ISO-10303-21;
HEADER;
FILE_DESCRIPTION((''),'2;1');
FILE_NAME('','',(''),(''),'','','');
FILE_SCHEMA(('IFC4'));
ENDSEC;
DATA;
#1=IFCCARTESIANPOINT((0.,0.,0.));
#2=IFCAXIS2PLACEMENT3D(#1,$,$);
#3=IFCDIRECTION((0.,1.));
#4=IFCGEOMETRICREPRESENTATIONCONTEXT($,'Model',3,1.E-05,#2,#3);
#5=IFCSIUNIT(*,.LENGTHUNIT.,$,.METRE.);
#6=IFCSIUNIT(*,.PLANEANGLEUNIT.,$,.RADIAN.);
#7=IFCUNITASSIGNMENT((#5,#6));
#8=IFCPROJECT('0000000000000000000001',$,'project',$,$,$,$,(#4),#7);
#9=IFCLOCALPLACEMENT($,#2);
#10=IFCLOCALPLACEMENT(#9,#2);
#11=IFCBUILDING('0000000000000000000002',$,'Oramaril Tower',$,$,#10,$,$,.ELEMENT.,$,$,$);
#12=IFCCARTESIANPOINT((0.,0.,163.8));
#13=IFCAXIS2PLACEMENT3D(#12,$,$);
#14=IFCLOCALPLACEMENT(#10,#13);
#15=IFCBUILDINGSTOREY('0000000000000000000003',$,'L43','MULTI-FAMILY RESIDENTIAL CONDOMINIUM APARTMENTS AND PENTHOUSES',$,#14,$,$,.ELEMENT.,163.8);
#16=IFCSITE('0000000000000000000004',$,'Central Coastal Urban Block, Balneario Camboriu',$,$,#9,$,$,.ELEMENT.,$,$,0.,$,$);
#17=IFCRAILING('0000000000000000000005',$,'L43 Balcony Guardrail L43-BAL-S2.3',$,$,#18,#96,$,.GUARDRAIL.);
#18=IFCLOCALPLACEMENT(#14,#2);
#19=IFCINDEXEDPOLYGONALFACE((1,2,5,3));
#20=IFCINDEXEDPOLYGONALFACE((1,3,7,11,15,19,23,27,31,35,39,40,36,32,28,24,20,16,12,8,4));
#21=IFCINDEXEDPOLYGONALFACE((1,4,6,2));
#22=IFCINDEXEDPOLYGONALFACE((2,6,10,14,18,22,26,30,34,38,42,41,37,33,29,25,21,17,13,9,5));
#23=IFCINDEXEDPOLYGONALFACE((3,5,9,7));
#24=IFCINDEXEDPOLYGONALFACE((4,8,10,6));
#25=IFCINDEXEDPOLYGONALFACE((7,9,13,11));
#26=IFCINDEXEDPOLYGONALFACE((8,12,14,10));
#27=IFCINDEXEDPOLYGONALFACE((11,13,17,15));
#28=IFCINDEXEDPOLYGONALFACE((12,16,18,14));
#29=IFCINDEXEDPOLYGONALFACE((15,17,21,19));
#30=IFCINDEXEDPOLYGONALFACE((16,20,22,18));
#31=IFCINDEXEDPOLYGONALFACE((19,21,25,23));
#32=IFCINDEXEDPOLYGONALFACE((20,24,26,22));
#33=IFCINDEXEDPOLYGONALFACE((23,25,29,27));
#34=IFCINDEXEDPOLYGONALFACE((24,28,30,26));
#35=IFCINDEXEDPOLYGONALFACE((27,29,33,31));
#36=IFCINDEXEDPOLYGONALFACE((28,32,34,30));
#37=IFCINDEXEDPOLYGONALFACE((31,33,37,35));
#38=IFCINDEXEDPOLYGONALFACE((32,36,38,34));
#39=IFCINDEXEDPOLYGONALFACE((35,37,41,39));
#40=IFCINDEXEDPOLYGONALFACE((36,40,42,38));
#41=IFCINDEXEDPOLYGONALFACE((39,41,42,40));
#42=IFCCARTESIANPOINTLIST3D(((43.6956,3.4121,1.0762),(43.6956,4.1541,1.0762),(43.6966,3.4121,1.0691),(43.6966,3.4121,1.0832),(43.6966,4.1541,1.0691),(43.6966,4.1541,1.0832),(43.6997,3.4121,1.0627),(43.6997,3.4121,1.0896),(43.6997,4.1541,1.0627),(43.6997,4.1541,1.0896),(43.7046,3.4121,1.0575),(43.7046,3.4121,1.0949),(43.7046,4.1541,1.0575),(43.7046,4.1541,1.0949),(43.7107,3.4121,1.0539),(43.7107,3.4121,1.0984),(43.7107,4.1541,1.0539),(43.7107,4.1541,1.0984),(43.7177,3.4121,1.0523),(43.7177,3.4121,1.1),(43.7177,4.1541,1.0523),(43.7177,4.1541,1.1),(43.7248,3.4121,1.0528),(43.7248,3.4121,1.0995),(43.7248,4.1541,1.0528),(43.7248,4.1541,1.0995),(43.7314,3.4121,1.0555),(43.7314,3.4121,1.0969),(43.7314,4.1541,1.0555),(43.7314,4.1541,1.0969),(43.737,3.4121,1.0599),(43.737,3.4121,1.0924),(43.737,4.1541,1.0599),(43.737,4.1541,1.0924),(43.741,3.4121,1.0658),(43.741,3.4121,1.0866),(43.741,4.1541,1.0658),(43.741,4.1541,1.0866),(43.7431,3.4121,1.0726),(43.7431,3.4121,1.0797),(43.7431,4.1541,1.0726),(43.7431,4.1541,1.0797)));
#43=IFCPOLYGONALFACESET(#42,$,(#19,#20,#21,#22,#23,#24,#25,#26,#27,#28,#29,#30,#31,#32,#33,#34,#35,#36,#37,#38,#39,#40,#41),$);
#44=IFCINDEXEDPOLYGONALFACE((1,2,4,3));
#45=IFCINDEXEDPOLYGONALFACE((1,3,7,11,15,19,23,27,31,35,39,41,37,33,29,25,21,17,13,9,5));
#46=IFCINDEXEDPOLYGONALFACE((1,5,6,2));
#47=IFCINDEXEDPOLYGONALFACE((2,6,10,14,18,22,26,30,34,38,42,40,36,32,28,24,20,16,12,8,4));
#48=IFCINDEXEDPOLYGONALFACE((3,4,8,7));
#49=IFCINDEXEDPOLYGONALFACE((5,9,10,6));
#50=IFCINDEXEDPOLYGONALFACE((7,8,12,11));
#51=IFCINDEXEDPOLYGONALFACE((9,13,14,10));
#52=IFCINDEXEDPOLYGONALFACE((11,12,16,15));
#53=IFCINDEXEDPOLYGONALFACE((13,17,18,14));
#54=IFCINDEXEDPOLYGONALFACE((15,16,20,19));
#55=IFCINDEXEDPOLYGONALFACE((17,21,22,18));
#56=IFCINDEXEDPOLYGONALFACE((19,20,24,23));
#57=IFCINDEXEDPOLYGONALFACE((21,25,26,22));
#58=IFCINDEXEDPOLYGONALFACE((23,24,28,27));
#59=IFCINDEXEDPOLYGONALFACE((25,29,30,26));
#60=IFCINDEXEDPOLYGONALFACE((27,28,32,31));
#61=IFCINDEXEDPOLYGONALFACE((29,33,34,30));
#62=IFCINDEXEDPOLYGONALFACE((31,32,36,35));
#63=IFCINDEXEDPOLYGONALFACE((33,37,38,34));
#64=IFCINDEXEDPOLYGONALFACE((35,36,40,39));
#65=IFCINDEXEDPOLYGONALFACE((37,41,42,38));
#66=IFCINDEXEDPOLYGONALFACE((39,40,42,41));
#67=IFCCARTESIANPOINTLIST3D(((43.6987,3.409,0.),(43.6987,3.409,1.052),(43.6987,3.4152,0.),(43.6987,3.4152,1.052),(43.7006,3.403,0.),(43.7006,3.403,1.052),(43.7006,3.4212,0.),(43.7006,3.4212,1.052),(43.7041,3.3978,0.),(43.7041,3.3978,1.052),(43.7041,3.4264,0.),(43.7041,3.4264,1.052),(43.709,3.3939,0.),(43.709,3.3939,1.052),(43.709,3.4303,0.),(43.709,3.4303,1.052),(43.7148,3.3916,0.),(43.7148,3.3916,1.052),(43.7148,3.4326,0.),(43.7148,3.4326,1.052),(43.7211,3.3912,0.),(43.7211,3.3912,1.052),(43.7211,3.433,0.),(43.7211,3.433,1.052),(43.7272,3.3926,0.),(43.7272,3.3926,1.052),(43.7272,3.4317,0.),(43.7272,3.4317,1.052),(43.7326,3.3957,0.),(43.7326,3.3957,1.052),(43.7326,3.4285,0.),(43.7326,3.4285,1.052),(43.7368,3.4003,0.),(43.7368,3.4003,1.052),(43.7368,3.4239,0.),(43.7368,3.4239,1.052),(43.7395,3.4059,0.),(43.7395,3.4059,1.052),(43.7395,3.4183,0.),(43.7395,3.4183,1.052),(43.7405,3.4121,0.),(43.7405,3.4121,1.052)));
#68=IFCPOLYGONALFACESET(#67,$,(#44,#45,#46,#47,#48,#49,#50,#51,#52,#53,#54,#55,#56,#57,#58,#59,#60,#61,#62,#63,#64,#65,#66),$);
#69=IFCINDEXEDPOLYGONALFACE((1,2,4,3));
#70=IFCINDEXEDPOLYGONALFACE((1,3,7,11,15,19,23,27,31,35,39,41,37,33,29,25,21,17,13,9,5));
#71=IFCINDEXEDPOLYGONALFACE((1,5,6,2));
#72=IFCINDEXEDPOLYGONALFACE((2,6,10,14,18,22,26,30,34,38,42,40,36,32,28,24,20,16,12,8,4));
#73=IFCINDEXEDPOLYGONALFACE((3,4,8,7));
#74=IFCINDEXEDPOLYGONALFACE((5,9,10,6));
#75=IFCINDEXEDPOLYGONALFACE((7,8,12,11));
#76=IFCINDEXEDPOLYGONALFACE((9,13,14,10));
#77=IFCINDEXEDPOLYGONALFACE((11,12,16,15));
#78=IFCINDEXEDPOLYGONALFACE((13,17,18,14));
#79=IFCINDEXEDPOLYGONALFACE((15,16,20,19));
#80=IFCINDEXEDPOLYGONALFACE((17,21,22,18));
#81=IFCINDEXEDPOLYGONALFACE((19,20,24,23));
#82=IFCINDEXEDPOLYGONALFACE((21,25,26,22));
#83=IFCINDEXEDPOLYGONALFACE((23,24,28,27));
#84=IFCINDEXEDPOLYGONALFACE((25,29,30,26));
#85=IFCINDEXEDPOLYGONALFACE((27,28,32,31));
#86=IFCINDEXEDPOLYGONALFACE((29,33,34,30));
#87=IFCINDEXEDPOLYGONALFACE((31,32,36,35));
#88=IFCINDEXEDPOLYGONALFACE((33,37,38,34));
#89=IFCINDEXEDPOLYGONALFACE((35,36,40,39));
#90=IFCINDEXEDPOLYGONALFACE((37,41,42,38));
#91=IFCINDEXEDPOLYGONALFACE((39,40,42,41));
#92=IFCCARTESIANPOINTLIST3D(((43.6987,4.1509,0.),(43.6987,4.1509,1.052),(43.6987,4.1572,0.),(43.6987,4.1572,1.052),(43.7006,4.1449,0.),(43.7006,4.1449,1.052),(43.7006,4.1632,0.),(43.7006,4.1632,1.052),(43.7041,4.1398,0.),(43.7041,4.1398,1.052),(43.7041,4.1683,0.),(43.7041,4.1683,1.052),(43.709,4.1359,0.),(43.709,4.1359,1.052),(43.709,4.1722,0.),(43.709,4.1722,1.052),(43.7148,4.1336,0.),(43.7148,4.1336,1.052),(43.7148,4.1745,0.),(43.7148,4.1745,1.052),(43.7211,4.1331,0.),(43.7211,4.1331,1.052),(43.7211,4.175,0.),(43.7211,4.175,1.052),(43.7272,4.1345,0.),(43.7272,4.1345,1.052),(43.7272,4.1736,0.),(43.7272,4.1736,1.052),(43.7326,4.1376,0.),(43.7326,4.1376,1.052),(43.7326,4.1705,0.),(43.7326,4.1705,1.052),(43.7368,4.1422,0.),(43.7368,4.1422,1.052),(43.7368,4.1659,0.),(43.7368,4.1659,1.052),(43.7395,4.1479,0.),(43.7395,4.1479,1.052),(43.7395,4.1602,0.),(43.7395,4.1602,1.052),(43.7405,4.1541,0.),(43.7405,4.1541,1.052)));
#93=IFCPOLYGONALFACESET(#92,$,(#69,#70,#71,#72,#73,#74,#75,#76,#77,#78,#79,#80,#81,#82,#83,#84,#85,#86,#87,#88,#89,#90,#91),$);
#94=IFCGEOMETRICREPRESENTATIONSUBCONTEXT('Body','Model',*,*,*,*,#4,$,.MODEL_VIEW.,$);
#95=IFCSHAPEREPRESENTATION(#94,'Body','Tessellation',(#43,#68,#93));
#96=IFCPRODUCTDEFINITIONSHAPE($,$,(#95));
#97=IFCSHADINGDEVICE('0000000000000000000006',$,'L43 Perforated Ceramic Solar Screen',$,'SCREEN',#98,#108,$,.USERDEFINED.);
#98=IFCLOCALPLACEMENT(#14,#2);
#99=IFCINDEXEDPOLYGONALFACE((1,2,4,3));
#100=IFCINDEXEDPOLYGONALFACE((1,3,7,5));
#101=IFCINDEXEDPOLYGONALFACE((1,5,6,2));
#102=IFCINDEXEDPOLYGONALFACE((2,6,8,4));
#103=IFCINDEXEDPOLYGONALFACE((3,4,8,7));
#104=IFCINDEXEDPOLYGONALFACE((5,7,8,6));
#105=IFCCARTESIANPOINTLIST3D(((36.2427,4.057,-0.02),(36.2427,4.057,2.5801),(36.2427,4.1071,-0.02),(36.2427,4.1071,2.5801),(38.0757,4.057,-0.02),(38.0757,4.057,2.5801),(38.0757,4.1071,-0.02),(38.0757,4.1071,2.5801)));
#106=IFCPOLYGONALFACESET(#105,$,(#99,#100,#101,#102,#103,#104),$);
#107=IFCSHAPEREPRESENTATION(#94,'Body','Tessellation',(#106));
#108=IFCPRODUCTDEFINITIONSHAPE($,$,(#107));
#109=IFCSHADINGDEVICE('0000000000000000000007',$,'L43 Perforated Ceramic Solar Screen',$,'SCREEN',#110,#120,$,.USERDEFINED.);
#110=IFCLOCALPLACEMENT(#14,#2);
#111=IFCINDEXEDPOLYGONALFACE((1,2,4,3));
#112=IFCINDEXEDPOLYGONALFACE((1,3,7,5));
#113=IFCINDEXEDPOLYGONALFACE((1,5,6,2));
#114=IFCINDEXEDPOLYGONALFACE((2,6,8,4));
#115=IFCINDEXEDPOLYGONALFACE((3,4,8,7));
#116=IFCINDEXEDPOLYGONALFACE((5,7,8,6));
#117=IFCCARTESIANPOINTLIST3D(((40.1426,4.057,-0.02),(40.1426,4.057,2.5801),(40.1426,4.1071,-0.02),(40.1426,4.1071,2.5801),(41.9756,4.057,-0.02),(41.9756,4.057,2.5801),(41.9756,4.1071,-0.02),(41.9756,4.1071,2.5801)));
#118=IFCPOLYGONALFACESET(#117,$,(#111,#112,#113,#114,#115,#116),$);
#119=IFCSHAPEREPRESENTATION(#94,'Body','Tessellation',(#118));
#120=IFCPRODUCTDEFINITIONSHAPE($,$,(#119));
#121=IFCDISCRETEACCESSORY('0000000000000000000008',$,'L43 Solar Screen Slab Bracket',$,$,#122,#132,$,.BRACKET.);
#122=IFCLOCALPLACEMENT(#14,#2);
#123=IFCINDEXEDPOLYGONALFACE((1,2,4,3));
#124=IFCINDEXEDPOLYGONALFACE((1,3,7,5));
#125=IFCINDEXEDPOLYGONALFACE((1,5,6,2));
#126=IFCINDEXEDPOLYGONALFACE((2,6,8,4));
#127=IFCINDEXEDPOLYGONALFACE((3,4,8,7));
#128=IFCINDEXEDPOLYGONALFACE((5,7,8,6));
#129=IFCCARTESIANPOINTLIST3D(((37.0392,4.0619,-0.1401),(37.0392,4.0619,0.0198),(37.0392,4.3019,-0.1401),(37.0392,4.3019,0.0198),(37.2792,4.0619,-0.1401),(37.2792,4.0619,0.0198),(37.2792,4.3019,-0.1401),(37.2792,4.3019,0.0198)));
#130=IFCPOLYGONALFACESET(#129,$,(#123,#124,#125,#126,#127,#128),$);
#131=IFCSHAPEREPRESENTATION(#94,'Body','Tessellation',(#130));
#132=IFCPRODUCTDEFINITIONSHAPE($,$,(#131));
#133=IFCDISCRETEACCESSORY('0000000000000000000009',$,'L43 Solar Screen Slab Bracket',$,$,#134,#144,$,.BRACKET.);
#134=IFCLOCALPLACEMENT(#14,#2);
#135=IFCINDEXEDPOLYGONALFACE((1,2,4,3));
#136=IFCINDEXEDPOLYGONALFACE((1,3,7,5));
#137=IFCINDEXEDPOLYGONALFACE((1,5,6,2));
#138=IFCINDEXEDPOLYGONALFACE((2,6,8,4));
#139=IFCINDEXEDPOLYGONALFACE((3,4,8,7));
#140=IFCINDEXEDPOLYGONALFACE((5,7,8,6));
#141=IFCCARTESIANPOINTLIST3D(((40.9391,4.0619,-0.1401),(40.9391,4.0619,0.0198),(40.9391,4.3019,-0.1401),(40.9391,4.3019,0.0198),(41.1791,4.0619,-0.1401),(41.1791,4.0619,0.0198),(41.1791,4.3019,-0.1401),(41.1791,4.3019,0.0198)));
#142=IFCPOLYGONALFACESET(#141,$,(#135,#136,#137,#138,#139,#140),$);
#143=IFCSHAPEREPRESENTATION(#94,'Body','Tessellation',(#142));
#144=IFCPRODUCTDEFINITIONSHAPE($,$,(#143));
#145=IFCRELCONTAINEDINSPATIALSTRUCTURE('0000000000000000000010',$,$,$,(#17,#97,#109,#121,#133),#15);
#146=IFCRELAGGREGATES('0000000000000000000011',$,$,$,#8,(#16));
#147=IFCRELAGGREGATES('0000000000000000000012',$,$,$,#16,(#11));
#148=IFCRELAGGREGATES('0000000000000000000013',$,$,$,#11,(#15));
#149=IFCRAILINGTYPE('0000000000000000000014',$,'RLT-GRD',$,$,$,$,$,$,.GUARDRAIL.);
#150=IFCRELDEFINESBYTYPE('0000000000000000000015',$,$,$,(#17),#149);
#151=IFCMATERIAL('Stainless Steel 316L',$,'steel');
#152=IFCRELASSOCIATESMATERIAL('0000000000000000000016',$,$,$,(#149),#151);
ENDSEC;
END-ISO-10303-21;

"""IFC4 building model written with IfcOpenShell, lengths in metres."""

from ifc_helpers import new_model, si_unit, direction, frame, origin, origin_2d, place, context, subcontext, project, spatial, rectangle, circle, extrude, material, type_object, element, save


model = new_model("IFC4")

# Units and contexts
model_context = context("Model", 3, precision=1e-05, world=origin(), true_north=direction((0.0, 1.0)))
body_context = subcontext(model_context, "Body", "Model", "MODEL_VIEW")
ifc_project = project(units=[si_unit("LENGTHUNIT", "METRE"), si_unit("PLANEANGLEUNIT", "RADIAN")], contexts=[model_context])

# Site, building, storey
site_placement = place(None, origin())
site = spatial("IfcSite", under=ifc_project, at=site_placement, Name="Central Coastal Urban Block, Balneario Camboriu", CompositionType="ELEMENT", RefElevation=0.0)
building_placement = place(site_placement, origin())
building = spatial("IfcBuilding", under=site, at=building_placement, Name="Oramaril Tower", CompositionType="ELEMENT")
storey_placement = place(building_placement, frame((0.0, 0.0, 163.8)))
storey = spatial("IfcBuildingStorey", under=building, at=storey_placement, Name="L43", Description="MULTI-FAMILY RESIDENTIAL CONDOMINIUM APARTMENTS AND PENTHOUSES", CompositionType="ELEMENT", Elevation=163.8)

# Railing
ifc_material_1 = material(Name="Stainless Steel 316L", Category="steel")
railing_type = type_object("IfcRailingType", Name="RLT-GRD", PredefinedType="GUARDRAIL", material=ifc_material_1)
railing_placement = place(storey_placement, frame((43.7195, 3.4121, 0.0)))
element("IfcRailing", 1, at=railing_placement, inside=storey, type_object=railing_type, Name="L43 Balcony Guardrail L43-BAL-S2.3", PredefinedType="GUARDRAIL", context=body_context, shape_type="SweptSolid", body=[
    extrude(circle(Radius=0.0239, at=origin_2d()), frame((0.0, 0.0, 1.0762), z_axis=(0.0, 1.0, 0.0), x_axis=(-1.0, 0.0, 0.0)), (0.0, 0.0, 1.0), 0.7419),
    extrude(circle(Radius=0.021, at=origin_2d()), origin(), (0.0, 0.0, 1.0), 1.052),
    extrude(circle(Radius=0.021, at=origin_2d()), frame((0.0, 0.7419, 0.0)), (0.0, 0.0, 1.0), 1.052),
])

# Shading devices
for number, where, z_axis, x_axis, name in (
    (2, (37.1592, 4.082, -0.02), (0.0, 0.0, 1.0), (1.0, 0.0, 0.0), "L43 Perforated Ceramic Solar Screen"),
    (3, (41.0591, 4.082, -0.02), (0.0, 0.0, 1.0), (1.0, 0.0, 0.0), "L43 Perforated Ceramic Solar Screen"),
):
    element("IfcShadingDevice", number, at=place(storey_placement, frame(where, z_axis=z_axis, x_axis=x_axis)), inside=storey, Name=name, ObjectType="SCREEN", PredefinedType="USERDEFINED", context=body_context, shape_type="SweptSolid", body=[
        extrude(rectangle(XDim=1.833, YDim=0.05, at=origin_2d()), origin(), (0.0, 0.0, 1.0), 2.6001),
    ])

# Discrete accessories
for number, where, z_axis, x_axis, name in (
    (4, (37.1592, 4.1819, -0.1401), (0.0, 0.0, 1.0), (1.0, 0.0, 0.0), "L43 Solar Screen Slab Bracket"),
    (5, (41.0591, 4.1819, -0.1401), (0.0, 0.0, 1.0), (1.0, 0.0, 0.0), "L43 Solar Screen Slab Bracket"),
):
    element("IfcDiscreteAccessory", number, at=place(storey_placement, frame(where, z_axis=z_axis, x_axis=x_axis)), inside=storey, Name=name, PredefinedType="BRACKET", context=body_context, shape_type="SweptSolid", body=[
        extrude(rectangle(XDim=0.24, YDim=0.24, at=origin_2d()), origin(), (0.0, 0.0, 1.0), 0.1599),
    ])

save(model, "model.ifc")
